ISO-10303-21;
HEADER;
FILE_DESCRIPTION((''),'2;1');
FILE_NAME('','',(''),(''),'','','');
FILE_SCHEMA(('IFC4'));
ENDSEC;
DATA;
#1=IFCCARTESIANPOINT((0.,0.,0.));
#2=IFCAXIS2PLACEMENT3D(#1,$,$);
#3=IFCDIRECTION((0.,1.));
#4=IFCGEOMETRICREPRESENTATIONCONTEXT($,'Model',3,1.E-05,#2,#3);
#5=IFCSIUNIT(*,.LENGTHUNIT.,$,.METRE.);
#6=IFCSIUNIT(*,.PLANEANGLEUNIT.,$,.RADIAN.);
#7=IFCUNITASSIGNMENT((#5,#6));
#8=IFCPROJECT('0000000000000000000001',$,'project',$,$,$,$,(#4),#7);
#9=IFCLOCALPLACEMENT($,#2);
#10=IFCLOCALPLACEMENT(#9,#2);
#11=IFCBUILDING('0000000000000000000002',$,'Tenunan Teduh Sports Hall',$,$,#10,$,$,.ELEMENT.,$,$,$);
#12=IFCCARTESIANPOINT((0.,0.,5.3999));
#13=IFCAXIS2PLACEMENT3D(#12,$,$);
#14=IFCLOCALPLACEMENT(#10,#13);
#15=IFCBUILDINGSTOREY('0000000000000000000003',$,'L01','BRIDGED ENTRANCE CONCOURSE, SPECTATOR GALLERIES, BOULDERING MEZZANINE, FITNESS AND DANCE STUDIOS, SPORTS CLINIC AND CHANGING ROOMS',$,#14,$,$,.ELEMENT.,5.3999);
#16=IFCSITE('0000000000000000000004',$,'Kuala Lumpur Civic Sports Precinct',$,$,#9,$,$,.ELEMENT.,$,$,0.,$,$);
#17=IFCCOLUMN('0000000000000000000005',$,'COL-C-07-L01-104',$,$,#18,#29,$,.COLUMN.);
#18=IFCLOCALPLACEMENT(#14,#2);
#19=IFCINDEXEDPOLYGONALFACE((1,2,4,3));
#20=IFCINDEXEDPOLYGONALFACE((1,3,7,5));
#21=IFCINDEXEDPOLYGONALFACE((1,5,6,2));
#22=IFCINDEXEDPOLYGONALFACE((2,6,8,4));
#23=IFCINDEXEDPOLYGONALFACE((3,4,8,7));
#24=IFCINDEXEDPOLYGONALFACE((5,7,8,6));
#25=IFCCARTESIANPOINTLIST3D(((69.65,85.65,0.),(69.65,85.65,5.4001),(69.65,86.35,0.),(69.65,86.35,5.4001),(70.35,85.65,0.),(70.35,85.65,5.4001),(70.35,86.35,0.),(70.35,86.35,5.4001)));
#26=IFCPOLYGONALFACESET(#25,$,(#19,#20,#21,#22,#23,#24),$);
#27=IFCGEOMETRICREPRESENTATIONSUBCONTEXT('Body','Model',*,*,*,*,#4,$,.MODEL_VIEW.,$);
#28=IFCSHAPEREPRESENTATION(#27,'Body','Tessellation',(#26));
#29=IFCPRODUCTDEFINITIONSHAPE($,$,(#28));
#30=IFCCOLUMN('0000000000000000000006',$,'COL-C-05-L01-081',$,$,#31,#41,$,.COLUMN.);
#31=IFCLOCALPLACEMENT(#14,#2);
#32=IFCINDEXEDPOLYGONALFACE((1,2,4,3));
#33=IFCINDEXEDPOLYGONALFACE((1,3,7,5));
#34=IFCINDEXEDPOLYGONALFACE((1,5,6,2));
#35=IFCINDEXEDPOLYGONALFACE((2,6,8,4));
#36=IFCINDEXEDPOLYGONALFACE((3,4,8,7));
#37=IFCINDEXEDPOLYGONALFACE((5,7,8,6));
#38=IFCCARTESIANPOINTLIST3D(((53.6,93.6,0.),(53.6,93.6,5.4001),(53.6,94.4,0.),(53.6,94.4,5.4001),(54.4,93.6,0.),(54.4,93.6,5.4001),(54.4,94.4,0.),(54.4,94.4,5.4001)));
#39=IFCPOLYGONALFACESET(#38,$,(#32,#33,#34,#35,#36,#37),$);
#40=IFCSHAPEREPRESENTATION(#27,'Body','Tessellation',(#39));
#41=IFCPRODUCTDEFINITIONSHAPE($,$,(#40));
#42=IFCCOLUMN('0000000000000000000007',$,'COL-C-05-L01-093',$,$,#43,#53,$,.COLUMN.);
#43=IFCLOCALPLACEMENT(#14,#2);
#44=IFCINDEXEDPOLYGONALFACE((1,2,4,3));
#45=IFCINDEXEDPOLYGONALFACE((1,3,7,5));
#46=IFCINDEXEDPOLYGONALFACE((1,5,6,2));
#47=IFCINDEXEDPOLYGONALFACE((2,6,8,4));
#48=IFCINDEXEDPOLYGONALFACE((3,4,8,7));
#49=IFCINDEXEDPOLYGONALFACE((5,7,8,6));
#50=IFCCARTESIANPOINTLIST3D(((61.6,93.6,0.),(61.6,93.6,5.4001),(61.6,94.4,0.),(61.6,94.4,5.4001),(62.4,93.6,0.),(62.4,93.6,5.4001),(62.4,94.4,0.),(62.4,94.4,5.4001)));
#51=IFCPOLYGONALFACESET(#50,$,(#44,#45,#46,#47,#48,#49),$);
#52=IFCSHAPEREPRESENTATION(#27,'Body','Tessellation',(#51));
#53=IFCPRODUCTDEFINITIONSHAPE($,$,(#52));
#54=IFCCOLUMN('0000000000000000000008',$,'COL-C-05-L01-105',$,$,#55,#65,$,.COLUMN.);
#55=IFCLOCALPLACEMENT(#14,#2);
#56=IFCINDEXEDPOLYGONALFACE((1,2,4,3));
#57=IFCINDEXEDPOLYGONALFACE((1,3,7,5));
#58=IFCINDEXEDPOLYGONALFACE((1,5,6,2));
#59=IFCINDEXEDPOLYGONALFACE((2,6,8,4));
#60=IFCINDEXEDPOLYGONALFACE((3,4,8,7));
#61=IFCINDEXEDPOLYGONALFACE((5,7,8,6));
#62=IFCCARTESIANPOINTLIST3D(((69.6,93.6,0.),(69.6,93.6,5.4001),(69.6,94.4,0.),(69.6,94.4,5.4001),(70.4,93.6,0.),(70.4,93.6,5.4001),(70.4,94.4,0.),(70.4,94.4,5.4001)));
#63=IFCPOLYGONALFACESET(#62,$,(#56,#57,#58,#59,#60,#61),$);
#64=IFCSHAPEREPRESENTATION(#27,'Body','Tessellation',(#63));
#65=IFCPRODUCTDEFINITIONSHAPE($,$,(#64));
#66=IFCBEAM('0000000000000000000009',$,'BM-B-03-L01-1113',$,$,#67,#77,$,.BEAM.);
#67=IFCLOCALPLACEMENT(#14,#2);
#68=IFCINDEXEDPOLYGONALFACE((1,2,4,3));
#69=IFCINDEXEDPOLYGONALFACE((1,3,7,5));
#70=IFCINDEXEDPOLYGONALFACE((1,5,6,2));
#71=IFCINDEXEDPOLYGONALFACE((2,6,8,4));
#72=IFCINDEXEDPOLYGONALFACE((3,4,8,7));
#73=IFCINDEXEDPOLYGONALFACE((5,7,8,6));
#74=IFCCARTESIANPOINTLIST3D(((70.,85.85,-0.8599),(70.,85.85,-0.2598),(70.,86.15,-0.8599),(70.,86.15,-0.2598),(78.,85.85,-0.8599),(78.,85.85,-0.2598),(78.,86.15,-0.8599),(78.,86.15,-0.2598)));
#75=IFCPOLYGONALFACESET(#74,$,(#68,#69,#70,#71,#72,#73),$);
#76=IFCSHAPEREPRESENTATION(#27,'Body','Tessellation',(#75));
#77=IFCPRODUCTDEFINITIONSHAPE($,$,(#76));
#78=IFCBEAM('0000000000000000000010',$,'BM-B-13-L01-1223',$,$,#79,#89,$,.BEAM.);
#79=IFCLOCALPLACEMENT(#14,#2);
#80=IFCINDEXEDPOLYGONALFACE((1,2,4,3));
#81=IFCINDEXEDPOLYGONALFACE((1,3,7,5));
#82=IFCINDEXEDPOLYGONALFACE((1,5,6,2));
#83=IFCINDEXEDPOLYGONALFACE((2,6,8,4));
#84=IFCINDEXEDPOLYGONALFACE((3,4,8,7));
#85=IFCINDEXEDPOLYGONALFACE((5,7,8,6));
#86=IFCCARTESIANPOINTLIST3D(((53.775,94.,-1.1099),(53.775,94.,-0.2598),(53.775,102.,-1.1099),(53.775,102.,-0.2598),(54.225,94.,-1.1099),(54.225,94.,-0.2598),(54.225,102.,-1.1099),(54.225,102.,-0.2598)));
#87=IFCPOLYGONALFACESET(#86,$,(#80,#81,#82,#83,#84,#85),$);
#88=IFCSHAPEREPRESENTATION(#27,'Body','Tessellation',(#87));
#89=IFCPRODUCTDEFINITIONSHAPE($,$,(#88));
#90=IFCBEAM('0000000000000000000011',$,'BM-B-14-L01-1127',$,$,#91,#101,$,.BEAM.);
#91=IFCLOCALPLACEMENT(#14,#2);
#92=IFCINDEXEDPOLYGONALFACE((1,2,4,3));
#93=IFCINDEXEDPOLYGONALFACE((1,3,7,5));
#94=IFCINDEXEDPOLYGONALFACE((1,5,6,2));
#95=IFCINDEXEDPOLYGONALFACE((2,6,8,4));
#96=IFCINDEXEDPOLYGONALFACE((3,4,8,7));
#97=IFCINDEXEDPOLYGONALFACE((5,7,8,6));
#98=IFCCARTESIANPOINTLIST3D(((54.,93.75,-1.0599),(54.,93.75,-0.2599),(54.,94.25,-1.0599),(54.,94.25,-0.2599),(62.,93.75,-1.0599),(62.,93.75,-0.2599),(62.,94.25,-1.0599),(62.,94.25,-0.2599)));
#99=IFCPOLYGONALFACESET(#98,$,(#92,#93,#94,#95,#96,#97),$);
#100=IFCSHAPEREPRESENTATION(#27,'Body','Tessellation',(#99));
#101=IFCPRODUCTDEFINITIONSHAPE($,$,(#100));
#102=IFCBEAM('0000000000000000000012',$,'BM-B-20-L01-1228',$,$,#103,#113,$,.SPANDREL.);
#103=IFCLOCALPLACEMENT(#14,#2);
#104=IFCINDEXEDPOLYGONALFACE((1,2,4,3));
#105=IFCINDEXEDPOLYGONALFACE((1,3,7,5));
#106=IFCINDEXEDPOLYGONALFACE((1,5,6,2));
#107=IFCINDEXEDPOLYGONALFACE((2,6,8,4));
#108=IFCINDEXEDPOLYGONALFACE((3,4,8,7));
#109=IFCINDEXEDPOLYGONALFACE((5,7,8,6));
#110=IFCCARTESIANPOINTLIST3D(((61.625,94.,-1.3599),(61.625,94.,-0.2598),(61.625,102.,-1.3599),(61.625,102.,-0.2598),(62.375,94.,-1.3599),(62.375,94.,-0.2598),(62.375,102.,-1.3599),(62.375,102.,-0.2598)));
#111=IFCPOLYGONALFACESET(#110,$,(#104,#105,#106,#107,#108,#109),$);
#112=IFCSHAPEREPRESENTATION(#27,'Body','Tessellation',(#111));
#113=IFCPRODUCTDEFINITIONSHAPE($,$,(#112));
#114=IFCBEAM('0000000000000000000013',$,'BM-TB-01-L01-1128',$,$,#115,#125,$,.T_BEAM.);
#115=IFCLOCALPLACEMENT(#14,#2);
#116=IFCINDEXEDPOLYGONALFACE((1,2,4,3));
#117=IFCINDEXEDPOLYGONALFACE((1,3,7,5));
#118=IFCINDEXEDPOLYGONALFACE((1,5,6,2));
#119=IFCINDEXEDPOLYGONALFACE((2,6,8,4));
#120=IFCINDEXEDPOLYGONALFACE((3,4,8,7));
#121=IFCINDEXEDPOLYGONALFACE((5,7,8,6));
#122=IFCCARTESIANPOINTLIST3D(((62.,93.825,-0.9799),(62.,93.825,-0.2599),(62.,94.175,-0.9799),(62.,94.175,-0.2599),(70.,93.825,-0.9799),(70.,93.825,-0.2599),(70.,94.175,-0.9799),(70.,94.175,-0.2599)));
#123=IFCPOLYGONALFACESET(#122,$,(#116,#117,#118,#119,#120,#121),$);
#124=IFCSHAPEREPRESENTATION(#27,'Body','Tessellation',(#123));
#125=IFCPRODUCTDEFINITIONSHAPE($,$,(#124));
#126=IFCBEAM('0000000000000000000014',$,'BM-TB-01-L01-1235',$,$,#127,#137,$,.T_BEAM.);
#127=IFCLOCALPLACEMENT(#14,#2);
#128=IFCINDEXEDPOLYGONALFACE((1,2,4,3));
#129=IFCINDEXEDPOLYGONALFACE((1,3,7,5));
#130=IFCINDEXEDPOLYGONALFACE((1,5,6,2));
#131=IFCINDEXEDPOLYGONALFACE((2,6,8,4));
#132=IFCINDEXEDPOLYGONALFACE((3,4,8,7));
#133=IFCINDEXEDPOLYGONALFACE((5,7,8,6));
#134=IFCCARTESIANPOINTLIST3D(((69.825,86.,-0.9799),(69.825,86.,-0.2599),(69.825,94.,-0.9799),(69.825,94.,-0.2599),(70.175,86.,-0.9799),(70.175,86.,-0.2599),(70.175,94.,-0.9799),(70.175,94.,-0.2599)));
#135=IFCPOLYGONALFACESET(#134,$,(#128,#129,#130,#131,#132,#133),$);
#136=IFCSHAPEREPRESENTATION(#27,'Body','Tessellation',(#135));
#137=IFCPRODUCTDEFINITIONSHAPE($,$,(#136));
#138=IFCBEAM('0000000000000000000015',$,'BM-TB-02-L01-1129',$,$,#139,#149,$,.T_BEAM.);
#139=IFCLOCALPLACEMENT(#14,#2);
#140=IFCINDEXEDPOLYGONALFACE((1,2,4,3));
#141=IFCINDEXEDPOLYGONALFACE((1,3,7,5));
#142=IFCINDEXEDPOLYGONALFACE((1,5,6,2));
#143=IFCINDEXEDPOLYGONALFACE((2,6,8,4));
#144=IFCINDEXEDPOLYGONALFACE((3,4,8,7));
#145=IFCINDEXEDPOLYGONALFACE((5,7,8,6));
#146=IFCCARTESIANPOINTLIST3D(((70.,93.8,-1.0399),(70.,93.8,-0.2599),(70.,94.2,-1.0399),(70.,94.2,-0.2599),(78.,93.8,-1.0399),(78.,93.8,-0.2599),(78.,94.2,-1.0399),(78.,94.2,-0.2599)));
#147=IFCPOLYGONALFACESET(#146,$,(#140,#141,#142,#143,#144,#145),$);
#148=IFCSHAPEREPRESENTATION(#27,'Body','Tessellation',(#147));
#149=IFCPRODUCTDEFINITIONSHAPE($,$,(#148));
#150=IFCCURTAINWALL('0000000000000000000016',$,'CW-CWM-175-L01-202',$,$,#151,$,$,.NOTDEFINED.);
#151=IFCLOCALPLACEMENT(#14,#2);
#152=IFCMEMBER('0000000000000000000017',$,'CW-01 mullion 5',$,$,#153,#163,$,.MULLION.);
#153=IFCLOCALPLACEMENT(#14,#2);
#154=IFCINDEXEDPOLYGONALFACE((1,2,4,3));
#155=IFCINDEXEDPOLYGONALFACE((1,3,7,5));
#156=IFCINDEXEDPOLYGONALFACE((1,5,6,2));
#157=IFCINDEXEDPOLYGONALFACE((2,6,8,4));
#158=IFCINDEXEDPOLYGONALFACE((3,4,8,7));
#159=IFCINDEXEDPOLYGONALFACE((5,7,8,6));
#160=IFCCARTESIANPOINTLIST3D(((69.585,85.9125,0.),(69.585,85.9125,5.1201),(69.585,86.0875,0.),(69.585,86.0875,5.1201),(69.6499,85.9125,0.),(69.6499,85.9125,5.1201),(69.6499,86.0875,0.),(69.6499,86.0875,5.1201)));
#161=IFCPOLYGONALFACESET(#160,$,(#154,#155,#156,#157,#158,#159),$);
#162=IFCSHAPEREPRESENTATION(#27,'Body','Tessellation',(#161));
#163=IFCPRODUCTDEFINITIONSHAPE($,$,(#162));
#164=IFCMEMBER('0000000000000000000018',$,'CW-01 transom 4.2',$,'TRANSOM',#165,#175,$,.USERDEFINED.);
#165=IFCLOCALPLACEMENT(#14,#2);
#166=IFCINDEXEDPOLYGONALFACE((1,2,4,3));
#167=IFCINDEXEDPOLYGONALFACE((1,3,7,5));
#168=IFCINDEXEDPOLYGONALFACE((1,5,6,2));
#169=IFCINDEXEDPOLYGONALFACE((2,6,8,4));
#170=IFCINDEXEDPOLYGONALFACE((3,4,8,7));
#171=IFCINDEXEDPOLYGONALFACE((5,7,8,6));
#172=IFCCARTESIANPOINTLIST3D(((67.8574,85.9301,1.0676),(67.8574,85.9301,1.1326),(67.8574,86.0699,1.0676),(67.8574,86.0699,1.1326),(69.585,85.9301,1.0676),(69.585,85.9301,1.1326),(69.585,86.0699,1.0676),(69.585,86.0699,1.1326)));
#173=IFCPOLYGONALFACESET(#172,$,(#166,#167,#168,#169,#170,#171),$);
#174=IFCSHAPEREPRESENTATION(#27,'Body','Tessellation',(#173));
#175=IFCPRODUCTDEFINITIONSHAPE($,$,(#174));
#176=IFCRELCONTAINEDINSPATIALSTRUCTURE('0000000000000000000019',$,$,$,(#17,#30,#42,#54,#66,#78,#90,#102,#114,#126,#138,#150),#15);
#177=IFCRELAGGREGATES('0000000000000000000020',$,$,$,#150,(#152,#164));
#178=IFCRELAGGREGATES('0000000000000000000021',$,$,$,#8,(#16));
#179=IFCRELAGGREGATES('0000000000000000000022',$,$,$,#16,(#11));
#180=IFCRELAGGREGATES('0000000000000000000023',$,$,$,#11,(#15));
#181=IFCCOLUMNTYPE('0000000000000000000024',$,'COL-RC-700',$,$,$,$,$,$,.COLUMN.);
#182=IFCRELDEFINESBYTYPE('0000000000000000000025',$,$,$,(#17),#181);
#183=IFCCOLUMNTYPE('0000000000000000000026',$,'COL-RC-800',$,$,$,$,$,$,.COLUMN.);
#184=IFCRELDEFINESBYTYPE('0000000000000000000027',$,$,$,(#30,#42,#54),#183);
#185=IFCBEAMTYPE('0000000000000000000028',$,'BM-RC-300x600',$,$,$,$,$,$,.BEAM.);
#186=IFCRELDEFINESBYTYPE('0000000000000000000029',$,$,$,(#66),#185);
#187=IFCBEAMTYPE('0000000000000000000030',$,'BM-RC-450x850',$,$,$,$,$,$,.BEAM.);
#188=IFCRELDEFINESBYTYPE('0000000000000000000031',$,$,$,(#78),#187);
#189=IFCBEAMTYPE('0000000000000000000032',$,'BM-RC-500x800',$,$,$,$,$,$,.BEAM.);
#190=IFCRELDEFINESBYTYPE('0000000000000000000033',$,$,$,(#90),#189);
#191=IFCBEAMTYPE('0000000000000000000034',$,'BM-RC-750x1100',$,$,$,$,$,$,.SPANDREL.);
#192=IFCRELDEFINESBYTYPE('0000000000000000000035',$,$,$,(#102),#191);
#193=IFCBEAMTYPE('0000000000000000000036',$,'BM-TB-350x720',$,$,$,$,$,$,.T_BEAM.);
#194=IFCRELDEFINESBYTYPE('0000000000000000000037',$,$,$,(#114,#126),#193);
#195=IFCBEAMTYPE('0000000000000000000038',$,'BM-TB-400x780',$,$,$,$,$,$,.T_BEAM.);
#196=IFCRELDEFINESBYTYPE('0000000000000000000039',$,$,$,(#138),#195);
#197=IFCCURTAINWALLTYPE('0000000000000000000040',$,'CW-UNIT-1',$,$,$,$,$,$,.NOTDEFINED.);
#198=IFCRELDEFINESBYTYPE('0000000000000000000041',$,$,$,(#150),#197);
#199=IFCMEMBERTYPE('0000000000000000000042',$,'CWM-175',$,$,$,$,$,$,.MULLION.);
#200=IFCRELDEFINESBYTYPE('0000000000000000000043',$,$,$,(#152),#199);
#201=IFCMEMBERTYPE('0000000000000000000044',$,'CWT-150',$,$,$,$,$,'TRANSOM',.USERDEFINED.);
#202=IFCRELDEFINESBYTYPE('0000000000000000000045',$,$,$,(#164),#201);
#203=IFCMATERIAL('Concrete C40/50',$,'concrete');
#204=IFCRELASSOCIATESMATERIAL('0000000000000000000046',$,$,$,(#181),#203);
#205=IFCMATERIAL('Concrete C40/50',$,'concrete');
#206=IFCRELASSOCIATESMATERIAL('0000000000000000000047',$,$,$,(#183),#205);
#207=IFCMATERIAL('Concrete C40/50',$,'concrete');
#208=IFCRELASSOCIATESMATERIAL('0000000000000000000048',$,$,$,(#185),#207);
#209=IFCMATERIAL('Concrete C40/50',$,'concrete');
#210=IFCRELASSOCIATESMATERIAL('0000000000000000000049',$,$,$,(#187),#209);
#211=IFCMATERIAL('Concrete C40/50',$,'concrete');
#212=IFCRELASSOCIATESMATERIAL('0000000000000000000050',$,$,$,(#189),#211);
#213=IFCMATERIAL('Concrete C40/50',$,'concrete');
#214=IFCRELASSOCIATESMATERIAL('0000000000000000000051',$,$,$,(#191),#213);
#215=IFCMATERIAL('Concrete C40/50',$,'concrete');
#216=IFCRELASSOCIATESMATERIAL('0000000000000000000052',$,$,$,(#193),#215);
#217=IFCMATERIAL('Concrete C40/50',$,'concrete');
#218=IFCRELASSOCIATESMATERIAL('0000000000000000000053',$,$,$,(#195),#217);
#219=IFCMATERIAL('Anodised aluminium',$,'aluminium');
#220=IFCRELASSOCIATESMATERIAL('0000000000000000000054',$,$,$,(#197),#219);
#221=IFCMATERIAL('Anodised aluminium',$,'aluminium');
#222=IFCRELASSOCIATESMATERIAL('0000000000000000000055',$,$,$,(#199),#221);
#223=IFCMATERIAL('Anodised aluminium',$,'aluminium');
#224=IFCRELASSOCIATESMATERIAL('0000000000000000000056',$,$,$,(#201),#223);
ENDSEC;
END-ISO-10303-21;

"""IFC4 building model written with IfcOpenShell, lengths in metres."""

from ifc_helpers import new_model, si_unit, direction, frame, origin, origin_2d, place, context, subcontext, project, spatial, rectangle, extrude, material, material_profile, profile_set, type_object, element, aggregate, save


model = new_model("IFC4")

# Units and contexts
model_context = context("Model", 3, precision=1e-05, world=origin(), true_north=direction((0.0, 1.0)))
body_context = subcontext(model_context, "Body", "Model", "MODEL_VIEW")
ifc_project = project(units=[si_unit("LENGTHUNIT", "METRE"), si_unit("PLANEANGLEUNIT", "RADIAN")], contexts=[model_context])

# Site, building, storey
site_placement = place(None, origin())
site = spatial("IfcSite", under=ifc_project, at=site_placement, Name="Kuala Lumpur Civic Sports Precinct", CompositionType="ELEMENT", RefElevation=0.0)
building_placement = place(site_placement, origin())
building = spatial("IfcBuilding", under=site, at=building_placement, Name="Tenunan Teduh Sports Hall", CompositionType="ELEMENT")
storey_placement = place(building_placement, frame((0.0, 0.0, 5.3999)))
storey = spatial("IfcBuildingStorey", under=building, at=storey_placement, Name="L01", Description="BRIDGED ENTRANCE CONCOURSE, SPECTATOR GALLERIES, BOULDERING MEZZANINE, FITNESS AND DANCE STUDIOS, SPORTS CLINIC AND CHANGING ROOMS", CompositionType="ELEMENT", Elevation=5.3999)

# Columns
ifc_material_1 = material(Name="Concrete C40/50", Category="concrete")
ifc_material_profile_1 = material_profile(ifc_material_1, rectangle(XDim=0.7, YDim=0.7, at=origin_2d()), Name="RC 700x700")
ifc_profile_set_1 = profile_set([ifc_material_profile_1], Name="Concrete C40/50")
column_type_1 = type_object("IfcColumnType", Name="COL-RC-700", PredefinedType="COLUMN", material=ifc_profile_set_1)
column_placement = place(storey_placement, frame((70.0, 86.0, 0.0), z_axis=(0.0, 0.0, 1.0), x_axis=(1.0, 0.0, 0.0)))
element("IfcColumn", 1, at=column_placement, inside=storey, type_object=column_type_1, Name="COL-C-07-L01-104", PredefinedType="COLUMN", context=body_context, shape_type="SweptSolid", body=[
    extrude(rectangle(XDim=0.7, YDim=0.7, at=origin_2d()), origin(), (0.0, 0.0, 1.0), 5.4001),
])
ifc_material_2 = material(Name="Concrete C40/50", Category="concrete")
ifc_material_profile_2 = material_profile(ifc_material_2, rectangle(XDim=0.8, YDim=0.8, at=origin_2d()), Name="RC 800x800")
ifc_profile_set_2 = profile_set([ifc_material_profile_2], Name="Concrete C40/50")
column_type_2 = type_object("IfcColumnType", Name="COL-RC-800", PredefinedType="COLUMN", material=ifc_profile_set_2)
for number, where, z_axis, x_axis, name in (
    (2, (54.0, 94.0, 0.0), (0.0, 0.0, 1.0), (1.0, 0.0, 0.0), "COL-C-05-L01-081"),
    (3, (62.0, 94.0, 0.0), (0.0, 0.0, 1.0), (1.0, 0.0, 0.0), "COL-C-05-L01-093"),
    (4, (70.0, 94.0, 0.0), (0.0, 0.0, 1.0), (1.0, 0.0, 0.0), "COL-C-05-L01-105"),
):
    element("IfcColumn", number, at=place(storey_placement, frame(where, z_axis=z_axis, x_axis=x_axis)), inside=storey, type_object=column_type_2, Name=name, PredefinedType="COLUMN", context=body_context, shape_type="SweptSolid", body=[
        extrude(rectangle(XDim=0.8, YDim=0.8, at=origin_2d()), origin(), (0.0, 0.0, 1.0), 5.4001),
    ])

# Beams
ifc_material_3 = material(Name="Concrete C40/50", Category="concrete")
ifc_material_profile_3 = material_profile(ifc_material_3, rectangle(XDim=0.3, YDim=0.6001, at=origin_2d()), Name="RCB 300x600")
ifc_profile_set_3 = profile_set([ifc_material_profile_3], Name="Concrete C40/50")
beam_type_1 = type_object("IfcBeamType", Name="BM-RC-300x600", PredefinedType="BEAM", material=ifc_profile_set_3)
beam_1_placement = place(storey_placement, frame((70.0, 86.0, -0.5598), z_axis=(1.0, 0.0, 0.0), x_axis=(0.0, 1.0, 0.0)))
element("IfcBeam", 5, at=beam_1_placement, inside=storey, type_object=beam_type_1, Name="BM-B-03-L01-1113", PredefinedType="BEAM", context=body_context, shape_type="SweptSolid", body=[
    extrude(rectangle(XDim=0.3, YDim=0.6001, at=origin_2d()), origin(), (0.0, 0.0, 1.0), 8.0),
])
ifc_material_4 = material(Name="Concrete C40/50", Category="concrete")
ifc_material_profile_4 = material_profile(ifc_material_4, rectangle(XDim=0.45, YDim=0.8501, at=origin_2d()), Name="RCB 450x850")
ifc_profile_set_4 = profile_set([ifc_material_profile_4], Name="Concrete C40/50")
beam_type_2 = type_object("IfcBeamType", Name="BM-RC-450x850", PredefinedType="BEAM", material=ifc_profile_set_4)
beam_2_placement = place(storey_placement, frame((54.0, 94.0, -0.6848), z_axis=(0.0, 1.0, 0.0), x_axis=(-1.0, 0.0, 0.0)))
element("IfcBeam", 6, at=beam_2_placement, inside=storey, type_object=beam_type_2, Name="BM-B-13-L01-1223", PredefinedType="BEAM", context=body_context, shape_type="SweptSolid", body=[
    extrude(rectangle(XDim=0.45, YDim=0.8501, at=origin_2d()), origin(), (0.0, 0.0, 1.0), 8.0),
])
ifc_material_5 = material(Name="Concrete C40/50", Category="concrete")
ifc_material_profile_5 = material_profile(ifc_material_5, rectangle(XDim=0.5, YDim=0.8, at=origin_2d()), Name="RCB 500x800")
ifc_profile_set_5 = profile_set([ifc_material_profile_5], Name="Concrete C40/50")
beam_type_3 = type_object("IfcBeamType", Name="BM-RC-500x800", PredefinedType="BEAM", material=ifc_profile_set_5)
beam_3_placement = place(storey_placement, frame((54.0, 94.0, -0.6599), z_axis=(1.0, 0.0, 0.0), x_axis=(0.0, 1.0, 0.0)))
element("IfcBeam", 7, at=beam_3_placement, inside=storey, type_object=beam_type_3, Name="BM-B-14-L01-1127", PredefinedType="BEAM", context=body_context, shape_type="SweptSolid", body=[
    extrude(rectangle(XDim=0.5, YDim=0.8, at=origin_2d()), origin(), (0.0, 0.0, 1.0), 8.0),
])
ifc_material_6 = material(Name="Concrete C40/50", Category="concrete")
ifc_material_profile_6 = material_profile(ifc_material_6, rectangle(XDim=0.75, YDim=1.1001, at=origin_2d()), Name="RCB 750x1100")
ifc_profile_set_6 = profile_set([ifc_material_profile_6], Name="Concrete C40/50")
beam_type_4 = type_object("IfcBeamType", Name="BM-RC-750x1100", PredefinedType="SPANDREL", material=ifc_profile_set_6)
beam_4_placement = place(storey_placement, frame((62.0, 94.0, -0.8098), z_axis=(0.0, 1.0, 0.0), x_axis=(-1.0, 0.0, 0.0)))
element("IfcBeam", 8, at=beam_4_placement, inside=storey, type_object=beam_type_4, Name="BM-B-20-L01-1228", PredefinedType="SPANDREL", context=body_context, shape_type="SweptSolid", body=[
    extrude(rectangle(XDim=0.75, YDim=1.1001, at=origin_2d()), origin(), (0.0, 0.0, 1.0), 8.0),
])
ifc_material_7 = material(Name="Concrete C40/50", Category="concrete")
ifc_material_profile_7 = material_profile(ifc_material_7, rectangle(XDim=0.3501, YDim=0.72, at=origin_2d()), Name="TB 350x720")
ifc_profile_set_7 = profile_set([ifc_material_profile_7], Name="Concrete C40/50")
beam_type_5 = type_object("IfcBeamType", Name="BM-TB-350x720", PredefinedType="T_BEAM", material=ifc_profile_set_7)
for number, where, z_axis, x_axis, name in (
    (9, (62.0, 94.0, -0.6199), (1.0, 0.0, 0.0), (0.0, 1.0, 0.0), "BM-TB-01-L01-1128"),
    (10, (70.0, 86.0, -0.6199), (0.0, 1.0, 0.0), (-1.0, 0.0, 0.0), "BM-TB-01-L01-1235"),
):
    element("IfcBeam", number, at=place(storey_placement, frame(where, z_axis=z_axis, x_axis=x_axis)), inside=storey, type_object=beam_type_5, Name=name, PredefinedType="T_BEAM", context=body_context, shape_type="SweptSolid", body=[
        extrude(rectangle(XDim=0.3501, YDim=0.72, at=origin_2d()), origin(), (0.0, 0.0, 1.0), 8.0),
    ])
ifc_material_8 = material(Name="Concrete C40/50", Category="concrete")
ifc_material_profile_8 = material_profile(ifc_material_8, rectangle(XDim=0.3999, YDim=0.78, at=origin_2d()), Name="TB 400x780")
ifc_profile_set_8 = profile_set([ifc_material_profile_8], Name="Concrete C40/50")
beam_type_6 = type_object("IfcBeamType", Name="BM-TB-400x780", PredefinedType="T_BEAM", material=ifc_profile_set_8)
beam_5_placement = place(storey_placement, frame((70.0, 94.0, -0.6499), z_axis=(1.0, 0.0, 0.0), x_axis=(0.0, 1.0, 0.0)))
element("IfcBeam", 11, at=beam_5_placement, inside=storey, type_object=beam_type_6, Name="BM-TB-02-L01-1129", PredefinedType="T_BEAM", context=body_context, shape_type="SweptSolid", body=[
    extrude(rectangle(XDim=0.3999, YDim=0.78, at=origin_2d()), origin(), (0.0, 0.0, 1.0), 8.0),
])

# Curtain wall, members
ifc_material_9 = material(Name="Anodised aluminium", Category="aluminium")
curtain_wall_type = type_object("IfcCurtainWallType", Name="CW-UNIT-1", PredefinedType="NOTDEFINED", material=ifc_material_9)
curtain_wall_placement = place(storey_placement, origin())
curtain_wall = element("IfcCurtainWall", 12, at=curtain_wall_placement, inside=storey, type_object=curtain_wall_type, Name="CW-CWM-175-L01-202", PredefinedType="NOTDEFINED")
ifc_material_10 = material(Name="Anodised aluminium", Category="aluminium")
ifc_material_profile_9 = material_profile(ifc_material_10, rectangle(XDim=0.0649, YDim=0.175, at=origin_2d()), Name="CWM 65x175")
ifc_profile_set_9 = profile_set([ifc_material_profile_9], Name="Anodised aluminium")
member_type_1 = type_object("IfcMemberType", Name="CWM-175", PredefinedType="MULLION", material=ifc_profile_set_9)
member_1_placement = place(storey_placement, frame((69.6174, 86.0, 0.0), z_axis=(0.0, 0.0, 1.0), x_axis=(1.0, 0.0, 0.0)))
member_1 = element("IfcMember", 13, at=member_1_placement, type_object=member_type_1, Name="CW-01 mullion 5", PredefinedType="MULLION", context=body_context, shape_type="SweptSolid", body=[
    extrude(rectangle(XDim=0.0649, YDim=0.175, at=origin_2d()), origin(), (0.0, 0.0, 1.0), 5.1201),
])
ifc_material_11 = material(Name="Anodised aluminium", Category="aluminium")
ifc_material_profile_10 = material_profile(ifc_material_11, rectangle(XDim=0.0649, YDim=0.1399, at=origin_2d()), Name="CWT 65x140")
ifc_profile_set_10 = profile_set([ifc_material_profile_10], Name="Anodised aluminium")
member_type_2 = type_object("IfcMemberType", Name="CWT-150", ElementType="TRANSOM", PredefinedType="USERDEFINED", material=ifc_profile_set_10)
member_2_placement = place(storey_placement, frame((67.8574, 86.0, 1.1001), z_axis=(1.0, 0.0, 0.0), x_axis=(0.0, 0.0, 1.0)))
member_2 = element("IfcMember", 14, at=member_2_placement, type_object=member_type_2, Name="CW-01 transom 4.2", ObjectType="TRANSOM", PredefinedType="USERDEFINED", context=body_context, shape_type="SweptSolid", body=[
    extrude(rectangle(XDim=0.0649, YDim=0.1399, at=origin_2d()), origin(), (0.0, 0.0, 1.0), 1.7275),
])

aggregate(curtain_wall, [member_1, member_2])

save(model, "model.ifc")
